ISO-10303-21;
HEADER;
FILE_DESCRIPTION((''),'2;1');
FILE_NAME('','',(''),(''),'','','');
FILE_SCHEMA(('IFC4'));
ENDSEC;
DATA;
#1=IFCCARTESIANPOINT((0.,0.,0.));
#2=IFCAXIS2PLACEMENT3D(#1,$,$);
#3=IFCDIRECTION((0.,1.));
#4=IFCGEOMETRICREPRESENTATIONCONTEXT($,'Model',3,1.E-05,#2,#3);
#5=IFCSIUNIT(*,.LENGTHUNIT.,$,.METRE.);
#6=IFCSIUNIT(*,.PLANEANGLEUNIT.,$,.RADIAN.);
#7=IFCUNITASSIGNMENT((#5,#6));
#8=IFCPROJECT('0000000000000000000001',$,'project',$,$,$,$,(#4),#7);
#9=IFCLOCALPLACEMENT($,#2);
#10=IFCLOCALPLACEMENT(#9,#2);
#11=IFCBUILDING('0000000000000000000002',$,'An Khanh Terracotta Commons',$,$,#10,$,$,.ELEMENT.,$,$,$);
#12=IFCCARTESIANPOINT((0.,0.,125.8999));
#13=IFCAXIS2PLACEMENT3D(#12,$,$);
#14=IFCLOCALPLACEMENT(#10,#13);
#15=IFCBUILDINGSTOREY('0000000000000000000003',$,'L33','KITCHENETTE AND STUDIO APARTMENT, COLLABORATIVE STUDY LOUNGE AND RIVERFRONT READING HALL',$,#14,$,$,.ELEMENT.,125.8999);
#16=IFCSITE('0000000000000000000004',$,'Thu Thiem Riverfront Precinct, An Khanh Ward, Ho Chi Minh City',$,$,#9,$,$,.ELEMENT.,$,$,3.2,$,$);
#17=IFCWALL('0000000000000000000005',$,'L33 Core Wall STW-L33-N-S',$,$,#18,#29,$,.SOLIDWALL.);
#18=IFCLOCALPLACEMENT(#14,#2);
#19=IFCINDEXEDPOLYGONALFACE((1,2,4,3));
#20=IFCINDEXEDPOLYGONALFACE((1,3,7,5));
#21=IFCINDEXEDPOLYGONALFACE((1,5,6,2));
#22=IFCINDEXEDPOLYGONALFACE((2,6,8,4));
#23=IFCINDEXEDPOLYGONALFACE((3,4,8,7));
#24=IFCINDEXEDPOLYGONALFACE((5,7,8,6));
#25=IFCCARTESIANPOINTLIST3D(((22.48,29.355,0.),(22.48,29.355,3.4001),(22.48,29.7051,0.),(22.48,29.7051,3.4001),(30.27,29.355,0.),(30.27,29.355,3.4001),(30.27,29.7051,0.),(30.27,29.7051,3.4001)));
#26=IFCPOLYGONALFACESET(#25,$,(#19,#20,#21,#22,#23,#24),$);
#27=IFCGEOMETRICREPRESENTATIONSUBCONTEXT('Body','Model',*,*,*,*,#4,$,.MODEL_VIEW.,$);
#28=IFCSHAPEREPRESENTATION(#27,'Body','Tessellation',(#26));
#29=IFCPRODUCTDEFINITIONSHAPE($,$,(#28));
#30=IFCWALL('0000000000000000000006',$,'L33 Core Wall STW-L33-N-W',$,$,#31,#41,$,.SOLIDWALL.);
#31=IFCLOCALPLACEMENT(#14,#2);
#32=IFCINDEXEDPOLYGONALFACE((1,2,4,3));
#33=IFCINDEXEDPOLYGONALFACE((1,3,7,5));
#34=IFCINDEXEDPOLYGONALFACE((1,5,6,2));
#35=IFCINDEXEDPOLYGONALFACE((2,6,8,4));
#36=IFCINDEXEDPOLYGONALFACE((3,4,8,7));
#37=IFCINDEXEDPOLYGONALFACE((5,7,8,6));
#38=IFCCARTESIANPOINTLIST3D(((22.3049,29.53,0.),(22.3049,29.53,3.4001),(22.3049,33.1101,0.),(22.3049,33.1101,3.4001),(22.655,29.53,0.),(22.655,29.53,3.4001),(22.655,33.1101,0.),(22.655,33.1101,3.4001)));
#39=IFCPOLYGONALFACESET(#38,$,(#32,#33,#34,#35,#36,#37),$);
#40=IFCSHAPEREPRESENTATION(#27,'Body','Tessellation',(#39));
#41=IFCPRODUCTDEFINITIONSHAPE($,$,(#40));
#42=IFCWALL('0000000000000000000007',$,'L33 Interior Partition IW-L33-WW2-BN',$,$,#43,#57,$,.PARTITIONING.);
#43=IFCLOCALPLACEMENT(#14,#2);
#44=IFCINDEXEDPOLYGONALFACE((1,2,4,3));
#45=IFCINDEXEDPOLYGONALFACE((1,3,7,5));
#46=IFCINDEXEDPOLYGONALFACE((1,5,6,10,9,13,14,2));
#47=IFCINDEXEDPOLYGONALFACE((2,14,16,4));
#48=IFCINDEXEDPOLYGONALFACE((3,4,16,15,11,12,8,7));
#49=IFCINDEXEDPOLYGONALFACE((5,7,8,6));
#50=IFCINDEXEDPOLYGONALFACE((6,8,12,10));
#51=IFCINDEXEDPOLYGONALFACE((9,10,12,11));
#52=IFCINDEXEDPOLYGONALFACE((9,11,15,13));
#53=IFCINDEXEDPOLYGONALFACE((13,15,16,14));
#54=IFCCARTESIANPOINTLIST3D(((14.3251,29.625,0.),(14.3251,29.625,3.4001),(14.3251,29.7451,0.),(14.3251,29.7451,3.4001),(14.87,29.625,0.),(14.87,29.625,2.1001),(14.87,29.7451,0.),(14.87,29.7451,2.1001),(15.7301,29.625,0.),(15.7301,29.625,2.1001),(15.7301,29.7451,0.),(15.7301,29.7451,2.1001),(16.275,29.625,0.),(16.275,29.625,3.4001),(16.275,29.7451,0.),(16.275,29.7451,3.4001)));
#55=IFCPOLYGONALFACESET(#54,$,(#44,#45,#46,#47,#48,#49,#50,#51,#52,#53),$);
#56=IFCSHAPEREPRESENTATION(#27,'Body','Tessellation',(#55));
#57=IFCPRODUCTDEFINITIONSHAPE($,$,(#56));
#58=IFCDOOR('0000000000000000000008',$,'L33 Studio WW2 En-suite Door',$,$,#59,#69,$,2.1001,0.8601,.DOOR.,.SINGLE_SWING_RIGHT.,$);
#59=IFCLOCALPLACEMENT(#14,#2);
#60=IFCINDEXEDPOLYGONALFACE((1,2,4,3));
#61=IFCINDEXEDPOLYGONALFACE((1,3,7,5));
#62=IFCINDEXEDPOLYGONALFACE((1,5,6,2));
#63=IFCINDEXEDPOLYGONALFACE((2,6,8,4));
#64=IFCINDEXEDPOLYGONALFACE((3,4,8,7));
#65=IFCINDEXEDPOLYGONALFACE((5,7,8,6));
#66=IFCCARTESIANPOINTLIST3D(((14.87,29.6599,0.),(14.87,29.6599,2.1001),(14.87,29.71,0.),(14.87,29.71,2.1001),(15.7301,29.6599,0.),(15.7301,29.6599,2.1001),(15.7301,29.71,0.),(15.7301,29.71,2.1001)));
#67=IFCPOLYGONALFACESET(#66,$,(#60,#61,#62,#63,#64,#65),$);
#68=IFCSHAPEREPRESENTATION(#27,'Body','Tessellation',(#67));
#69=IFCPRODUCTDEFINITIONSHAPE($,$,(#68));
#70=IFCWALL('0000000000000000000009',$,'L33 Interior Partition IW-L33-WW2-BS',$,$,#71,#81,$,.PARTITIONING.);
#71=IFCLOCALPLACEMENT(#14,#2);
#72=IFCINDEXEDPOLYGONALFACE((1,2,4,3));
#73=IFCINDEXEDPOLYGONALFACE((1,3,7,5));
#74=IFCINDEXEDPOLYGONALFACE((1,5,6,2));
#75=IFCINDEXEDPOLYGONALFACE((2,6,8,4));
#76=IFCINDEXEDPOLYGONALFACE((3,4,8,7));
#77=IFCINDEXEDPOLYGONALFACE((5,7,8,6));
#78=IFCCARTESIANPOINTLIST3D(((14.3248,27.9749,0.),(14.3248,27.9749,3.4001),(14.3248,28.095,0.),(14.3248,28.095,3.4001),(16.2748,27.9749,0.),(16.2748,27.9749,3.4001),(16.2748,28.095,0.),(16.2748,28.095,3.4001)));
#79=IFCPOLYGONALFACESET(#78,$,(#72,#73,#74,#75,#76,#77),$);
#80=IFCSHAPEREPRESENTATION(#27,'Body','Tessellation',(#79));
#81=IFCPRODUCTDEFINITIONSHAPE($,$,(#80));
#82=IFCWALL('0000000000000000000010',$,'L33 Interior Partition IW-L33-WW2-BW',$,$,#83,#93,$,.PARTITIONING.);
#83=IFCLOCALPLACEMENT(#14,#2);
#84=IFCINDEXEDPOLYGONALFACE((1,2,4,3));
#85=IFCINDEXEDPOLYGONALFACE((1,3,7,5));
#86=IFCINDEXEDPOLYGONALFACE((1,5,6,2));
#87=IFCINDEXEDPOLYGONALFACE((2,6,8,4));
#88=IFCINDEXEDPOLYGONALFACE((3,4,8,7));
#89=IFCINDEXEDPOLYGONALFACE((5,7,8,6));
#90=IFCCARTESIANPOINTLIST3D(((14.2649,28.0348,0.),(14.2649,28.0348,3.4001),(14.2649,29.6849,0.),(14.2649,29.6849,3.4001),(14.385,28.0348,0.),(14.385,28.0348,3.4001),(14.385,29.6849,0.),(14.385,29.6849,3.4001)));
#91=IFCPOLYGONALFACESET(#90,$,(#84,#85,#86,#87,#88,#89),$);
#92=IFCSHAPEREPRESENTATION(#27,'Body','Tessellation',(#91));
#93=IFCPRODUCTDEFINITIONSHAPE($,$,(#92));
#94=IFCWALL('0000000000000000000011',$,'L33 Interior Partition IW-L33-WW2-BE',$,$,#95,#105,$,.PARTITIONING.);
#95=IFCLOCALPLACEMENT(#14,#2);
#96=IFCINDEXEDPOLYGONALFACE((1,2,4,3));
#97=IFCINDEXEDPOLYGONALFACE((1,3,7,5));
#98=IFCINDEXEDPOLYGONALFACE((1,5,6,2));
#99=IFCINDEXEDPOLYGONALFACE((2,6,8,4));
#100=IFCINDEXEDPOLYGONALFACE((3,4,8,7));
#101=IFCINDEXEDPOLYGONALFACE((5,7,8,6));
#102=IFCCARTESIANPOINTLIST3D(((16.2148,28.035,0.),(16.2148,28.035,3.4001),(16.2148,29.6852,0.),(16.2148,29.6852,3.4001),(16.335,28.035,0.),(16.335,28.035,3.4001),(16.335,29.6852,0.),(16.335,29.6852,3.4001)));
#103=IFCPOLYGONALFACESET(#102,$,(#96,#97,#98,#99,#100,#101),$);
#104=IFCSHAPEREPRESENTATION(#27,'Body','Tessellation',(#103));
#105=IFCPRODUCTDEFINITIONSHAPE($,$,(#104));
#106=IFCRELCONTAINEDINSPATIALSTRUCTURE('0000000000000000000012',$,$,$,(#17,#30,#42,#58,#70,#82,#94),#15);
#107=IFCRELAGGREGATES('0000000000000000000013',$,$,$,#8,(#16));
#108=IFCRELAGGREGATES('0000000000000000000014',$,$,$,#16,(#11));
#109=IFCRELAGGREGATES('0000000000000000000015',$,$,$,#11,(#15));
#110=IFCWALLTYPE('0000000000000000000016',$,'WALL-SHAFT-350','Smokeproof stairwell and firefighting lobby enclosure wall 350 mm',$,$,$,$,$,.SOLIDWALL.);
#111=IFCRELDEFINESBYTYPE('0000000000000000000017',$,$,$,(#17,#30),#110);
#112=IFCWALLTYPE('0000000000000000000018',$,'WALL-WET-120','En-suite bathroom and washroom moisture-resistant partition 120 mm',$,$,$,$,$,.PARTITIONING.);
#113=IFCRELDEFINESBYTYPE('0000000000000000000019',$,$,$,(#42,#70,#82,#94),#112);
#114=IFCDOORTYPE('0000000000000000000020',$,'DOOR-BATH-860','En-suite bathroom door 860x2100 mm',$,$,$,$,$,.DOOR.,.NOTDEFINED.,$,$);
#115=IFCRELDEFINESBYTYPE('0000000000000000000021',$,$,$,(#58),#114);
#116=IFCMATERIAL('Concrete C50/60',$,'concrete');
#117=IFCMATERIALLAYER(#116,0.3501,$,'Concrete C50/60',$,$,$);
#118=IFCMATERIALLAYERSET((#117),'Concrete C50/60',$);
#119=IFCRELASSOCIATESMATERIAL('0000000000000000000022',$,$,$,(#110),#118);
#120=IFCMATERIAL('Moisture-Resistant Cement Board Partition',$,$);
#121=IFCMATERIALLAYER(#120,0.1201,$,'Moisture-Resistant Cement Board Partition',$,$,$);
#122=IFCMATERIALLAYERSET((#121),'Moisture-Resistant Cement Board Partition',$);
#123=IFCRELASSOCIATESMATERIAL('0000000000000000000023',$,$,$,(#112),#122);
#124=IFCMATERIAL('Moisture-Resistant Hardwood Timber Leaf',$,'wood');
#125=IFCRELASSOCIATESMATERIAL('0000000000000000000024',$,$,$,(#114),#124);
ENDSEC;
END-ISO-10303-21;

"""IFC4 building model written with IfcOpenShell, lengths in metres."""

from ifc_helpers import new_model, si_unit, direction, frame, frame_2d, origin, place, context, subcontext, project, spatial, rectangle, extrude, material, layer, layer_set, type_object, element, fill, save


model = new_model("IFC4")

# Units and contexts
model_context = context("Model", 3, precision=1e-05, world=origin(), true_north=direction((0.0, 1.0)))
body_context = subcontext(model_context, "Body", "Model", "MODEL_VIEW")
ifc_project = project(units=[si_unit("LENGTHUNIT", "METRE"), si_unit("PLANEANGLEUNIT", "RADIAN")], contexts=[model_context])

# Site, building, storey
site_placement = place(None, origin())
site = spatial("IfcSite", under=ifc_project, at=site_placement, Name="Thu Thiem Riverfront Precinct, An Khanh Ward, Ho Chi Minh City", CompositionType="ELEMENT", RefElevation=3.2)
building_placement = place(site_placement, origin())
building = spatial("IfcBuilding", under=site, at=building_placement, Name="An Khanh Terracotta Commons", CompositionType="ELEMENT")
storey_placement = place(building_placement, frame((0.0, 0.0, 125.8999)))
storey = spatial("IfcBuildingStorey", under=building, at=storey_placement, Name="L33", Description="KITCHENETTE AND STUDIO APARTMENT, COLLABORATIVE STUDY LOUNGE AND RIVERFRONT READING HALL", CompositionType="ELEMENT", Elevation=125.8999)

# Walls
ifc_material_1 = material(Name="Concrete C50/60", Category="concrete")
ifc_layer_1 = layer(ifc_material_1, 0.3501, Name="Concrete C50/60")
ifc_layer_set_1 = layer_set([ifc_layer_1], Name="Concrete C50/60")
wall_type_1 = type_object("IfcWallType", Name="WALL-SHAFT-350", Description="Smokeproof stairwell and firefighting lobby enclosure wall 350 mm", PredefinedType="SOLIDWALL", material=ifc_layer_set_1)
wall_1_placement = place(storey_placement, frame((22.48, 29.53, 0.0), z_axis=(0.0, 0.0, 1.0), x_axis=(1.0, 0.0, 0.0)))
element("IfcWall", 1, at=wall_1_placement, inside=storey, type_object=wall_type_1, Name="L33 Core Wall STW-L33-N-S", PredefinedType="SOLIDWALL", context=body_context, shape_type="SweptSolid", body=[
    extrude(rectangle(XDim=7.79, YDim=0.3501, at=frame_2d((3.895, 0.0))), origin(), (0.0, 0.0, 1.0), 3.4001),
])
wall_2_placement = place(storey_placement, frame((22.48, 29.53, 0.0), z_axis=(0.0, 0.0, 1.0), x_axis=(0.0, 1.0, 0.0)))
element("IfcWall", 2, at=wall_2_placement, inside=storey, type_object=wall_type_1, Name="L33 Core Wall STW-L33-N-W", PredefinedType="SOLIDWALL", context=body_context, shape_type="SweptSolid", body=[
    extrude(rectangle(XDim=3.5801, YDim=0.3501, at=frame_2d((1.79, 0.0))), origin(), (0.0, 0.0, 1.0), 3.4001),
])

# Wall, opening, door
ifc_material_2 = material(Name="Moisture-Resistant Cement Board Partition")
ifc_layer_2 = layer(ifc_material_2, 0.1201, Name="Moisture-Resistant Cement Board Partition")
ifc_layer_set_2 = layer_set([ifc_layer_2], Name="Moisture-Resistant Cement Board Partition")
wall_type_2 = type_object("IfcWallType", Name="WALL-WET-120", Description="En-suite bathroom and washroom moisture-resistant partition 120 mm", PredefinedType="PARTITIONING", material=ifc_layer_set_2)
wall_3_placement = place(storey_placement, frame((14.325, 29.6851, 0.0), z_axis=(0.0, 0.0, 1.0), x_axis=(1.0, 0.0, 0.0)))
wall_3 = element("IfcWall", 3, at=wall_3_placement, inside=storey, type_object=wall_type_2, Name="L33 Interior Partition IW-L33-WW2-BN", PredefinedType="PARTITIONING", context=body_context, shape_type="SweptSolid", body=[
    extrude(rectangle(XDim=1.95, YDim=0.1201, at=frame_2d((0.9751, 0.0))), origin(), (0.0, 0.0, 1.0), 3.4001),
])
opening_1_placement = place(wall_3_placement, frame((0.5449, 0.0, 0.0)))
opening_1 = element("IfcOpeningElement", 4, at=opening_1_placement, cuts=wall_3, PredefinedType="OPENING", context=body_context, shape_type="SweptSolid", body=[
    extrude(rectangle(XDim=0.8601, YDim=2.1001, at=frame_2d((0.4302, 1.05))), frame((0.0, 0.0701, 0.0), z_axis=(0.0, -1.0, 0.0), x_axis=(1.0, 0.0, 0.0)), (0.0, 0.0, 1.0), 0.1401),
])
ifc_material_3 = material(Name="Moisture-Resistant Hardwood Timber Leaf", Category="wood")
door_type_1 = type_object("IfcDoorType", Name="DOOR-BATH-860", Description="En-suite bathroom door 860x2100 mm", OperationType="NOTDEFINED", PredefinedType="DOOR", material=ifc_material_3)
door_1_placement = place(opening_1_placement, origin())
door_1 = element("IfcDoor", 5, at=door_1_placement, inside=storey, type_object=door_type_1, Name="L33 Studio WW2 En-suite Door", OperationType="SINGLE_SWING_RIGHT", OverallHeight=2.1001, OverallWidth=0.8601, PredefinedType="DOOR", context=body_context, shape_type="SweptSolid", body=[
    extrude(rectangle(XDim=0.8601, YDim=2.1001, at=frame_2d((0.4302, 1.05))), frame((0.0, 0.0249, 0.0), z_axis=(0.0, -1.0, 0.0), x_axis=(1.0, 0.0, 0.0)), (0.0, 0.0, 1.0), 0.05),
])
fill(opening_1, door_1)

# Walls
wall_4_placement = place(storey_placement, frame((16.2749, 28.0349, 0.0), z_axis=(0.0, 0.0, 1.0), x_axis=(-1.0, 0.0, 0.0)))
element("IfcWall", 6, at=wall_4_placement, inside=storey, type_object=wall_type_2, Name="L33 Interior Partition IW-L33-WW2-BS", PredefinedType="PARTITIONING", context=body_context, shape_type="SweptSolid", body=[
    extrude(rectangle(XDim=1.95, YDim=0.1201, at=frame_2d((0.9751, 0.0))), origin(), (0.0, 0.0, 1.0), 3.4001),
])
for number, where, z_axis, x_axis, name in (
    (7, (14.325, 29.6851, 0.0), (0.0, 0.0, 1.0), (0.0, -1.0, 0.0), "L33 Interior Partition IW-L33-WW2-BW"),
    (8, (16.2749, 28.0349, 0.0), (0.0, 0.0, 1.0), (0.0, 1.0, 0.0), "L33 Interior Partition IW-L33-WW2-BE"),
):
    element("IfcWall", number, at=place(storey_placement, frame(where, z_axis=z_axis, x_axis=x_axis)), inside=storey, type_object=wall_type_2, Name=name, PredefinedType="PARTITIONING", context=body_context, shape_type="SweptSolid", body=[
        extrude(rectangle(XDim=1.6501, YDim=0.1201, at=frame_2d((0.8252, 0.0))), origin(), (0.0, 0.0, 1.0), 3.4001),
    ])

save(model, "model.ifc")
